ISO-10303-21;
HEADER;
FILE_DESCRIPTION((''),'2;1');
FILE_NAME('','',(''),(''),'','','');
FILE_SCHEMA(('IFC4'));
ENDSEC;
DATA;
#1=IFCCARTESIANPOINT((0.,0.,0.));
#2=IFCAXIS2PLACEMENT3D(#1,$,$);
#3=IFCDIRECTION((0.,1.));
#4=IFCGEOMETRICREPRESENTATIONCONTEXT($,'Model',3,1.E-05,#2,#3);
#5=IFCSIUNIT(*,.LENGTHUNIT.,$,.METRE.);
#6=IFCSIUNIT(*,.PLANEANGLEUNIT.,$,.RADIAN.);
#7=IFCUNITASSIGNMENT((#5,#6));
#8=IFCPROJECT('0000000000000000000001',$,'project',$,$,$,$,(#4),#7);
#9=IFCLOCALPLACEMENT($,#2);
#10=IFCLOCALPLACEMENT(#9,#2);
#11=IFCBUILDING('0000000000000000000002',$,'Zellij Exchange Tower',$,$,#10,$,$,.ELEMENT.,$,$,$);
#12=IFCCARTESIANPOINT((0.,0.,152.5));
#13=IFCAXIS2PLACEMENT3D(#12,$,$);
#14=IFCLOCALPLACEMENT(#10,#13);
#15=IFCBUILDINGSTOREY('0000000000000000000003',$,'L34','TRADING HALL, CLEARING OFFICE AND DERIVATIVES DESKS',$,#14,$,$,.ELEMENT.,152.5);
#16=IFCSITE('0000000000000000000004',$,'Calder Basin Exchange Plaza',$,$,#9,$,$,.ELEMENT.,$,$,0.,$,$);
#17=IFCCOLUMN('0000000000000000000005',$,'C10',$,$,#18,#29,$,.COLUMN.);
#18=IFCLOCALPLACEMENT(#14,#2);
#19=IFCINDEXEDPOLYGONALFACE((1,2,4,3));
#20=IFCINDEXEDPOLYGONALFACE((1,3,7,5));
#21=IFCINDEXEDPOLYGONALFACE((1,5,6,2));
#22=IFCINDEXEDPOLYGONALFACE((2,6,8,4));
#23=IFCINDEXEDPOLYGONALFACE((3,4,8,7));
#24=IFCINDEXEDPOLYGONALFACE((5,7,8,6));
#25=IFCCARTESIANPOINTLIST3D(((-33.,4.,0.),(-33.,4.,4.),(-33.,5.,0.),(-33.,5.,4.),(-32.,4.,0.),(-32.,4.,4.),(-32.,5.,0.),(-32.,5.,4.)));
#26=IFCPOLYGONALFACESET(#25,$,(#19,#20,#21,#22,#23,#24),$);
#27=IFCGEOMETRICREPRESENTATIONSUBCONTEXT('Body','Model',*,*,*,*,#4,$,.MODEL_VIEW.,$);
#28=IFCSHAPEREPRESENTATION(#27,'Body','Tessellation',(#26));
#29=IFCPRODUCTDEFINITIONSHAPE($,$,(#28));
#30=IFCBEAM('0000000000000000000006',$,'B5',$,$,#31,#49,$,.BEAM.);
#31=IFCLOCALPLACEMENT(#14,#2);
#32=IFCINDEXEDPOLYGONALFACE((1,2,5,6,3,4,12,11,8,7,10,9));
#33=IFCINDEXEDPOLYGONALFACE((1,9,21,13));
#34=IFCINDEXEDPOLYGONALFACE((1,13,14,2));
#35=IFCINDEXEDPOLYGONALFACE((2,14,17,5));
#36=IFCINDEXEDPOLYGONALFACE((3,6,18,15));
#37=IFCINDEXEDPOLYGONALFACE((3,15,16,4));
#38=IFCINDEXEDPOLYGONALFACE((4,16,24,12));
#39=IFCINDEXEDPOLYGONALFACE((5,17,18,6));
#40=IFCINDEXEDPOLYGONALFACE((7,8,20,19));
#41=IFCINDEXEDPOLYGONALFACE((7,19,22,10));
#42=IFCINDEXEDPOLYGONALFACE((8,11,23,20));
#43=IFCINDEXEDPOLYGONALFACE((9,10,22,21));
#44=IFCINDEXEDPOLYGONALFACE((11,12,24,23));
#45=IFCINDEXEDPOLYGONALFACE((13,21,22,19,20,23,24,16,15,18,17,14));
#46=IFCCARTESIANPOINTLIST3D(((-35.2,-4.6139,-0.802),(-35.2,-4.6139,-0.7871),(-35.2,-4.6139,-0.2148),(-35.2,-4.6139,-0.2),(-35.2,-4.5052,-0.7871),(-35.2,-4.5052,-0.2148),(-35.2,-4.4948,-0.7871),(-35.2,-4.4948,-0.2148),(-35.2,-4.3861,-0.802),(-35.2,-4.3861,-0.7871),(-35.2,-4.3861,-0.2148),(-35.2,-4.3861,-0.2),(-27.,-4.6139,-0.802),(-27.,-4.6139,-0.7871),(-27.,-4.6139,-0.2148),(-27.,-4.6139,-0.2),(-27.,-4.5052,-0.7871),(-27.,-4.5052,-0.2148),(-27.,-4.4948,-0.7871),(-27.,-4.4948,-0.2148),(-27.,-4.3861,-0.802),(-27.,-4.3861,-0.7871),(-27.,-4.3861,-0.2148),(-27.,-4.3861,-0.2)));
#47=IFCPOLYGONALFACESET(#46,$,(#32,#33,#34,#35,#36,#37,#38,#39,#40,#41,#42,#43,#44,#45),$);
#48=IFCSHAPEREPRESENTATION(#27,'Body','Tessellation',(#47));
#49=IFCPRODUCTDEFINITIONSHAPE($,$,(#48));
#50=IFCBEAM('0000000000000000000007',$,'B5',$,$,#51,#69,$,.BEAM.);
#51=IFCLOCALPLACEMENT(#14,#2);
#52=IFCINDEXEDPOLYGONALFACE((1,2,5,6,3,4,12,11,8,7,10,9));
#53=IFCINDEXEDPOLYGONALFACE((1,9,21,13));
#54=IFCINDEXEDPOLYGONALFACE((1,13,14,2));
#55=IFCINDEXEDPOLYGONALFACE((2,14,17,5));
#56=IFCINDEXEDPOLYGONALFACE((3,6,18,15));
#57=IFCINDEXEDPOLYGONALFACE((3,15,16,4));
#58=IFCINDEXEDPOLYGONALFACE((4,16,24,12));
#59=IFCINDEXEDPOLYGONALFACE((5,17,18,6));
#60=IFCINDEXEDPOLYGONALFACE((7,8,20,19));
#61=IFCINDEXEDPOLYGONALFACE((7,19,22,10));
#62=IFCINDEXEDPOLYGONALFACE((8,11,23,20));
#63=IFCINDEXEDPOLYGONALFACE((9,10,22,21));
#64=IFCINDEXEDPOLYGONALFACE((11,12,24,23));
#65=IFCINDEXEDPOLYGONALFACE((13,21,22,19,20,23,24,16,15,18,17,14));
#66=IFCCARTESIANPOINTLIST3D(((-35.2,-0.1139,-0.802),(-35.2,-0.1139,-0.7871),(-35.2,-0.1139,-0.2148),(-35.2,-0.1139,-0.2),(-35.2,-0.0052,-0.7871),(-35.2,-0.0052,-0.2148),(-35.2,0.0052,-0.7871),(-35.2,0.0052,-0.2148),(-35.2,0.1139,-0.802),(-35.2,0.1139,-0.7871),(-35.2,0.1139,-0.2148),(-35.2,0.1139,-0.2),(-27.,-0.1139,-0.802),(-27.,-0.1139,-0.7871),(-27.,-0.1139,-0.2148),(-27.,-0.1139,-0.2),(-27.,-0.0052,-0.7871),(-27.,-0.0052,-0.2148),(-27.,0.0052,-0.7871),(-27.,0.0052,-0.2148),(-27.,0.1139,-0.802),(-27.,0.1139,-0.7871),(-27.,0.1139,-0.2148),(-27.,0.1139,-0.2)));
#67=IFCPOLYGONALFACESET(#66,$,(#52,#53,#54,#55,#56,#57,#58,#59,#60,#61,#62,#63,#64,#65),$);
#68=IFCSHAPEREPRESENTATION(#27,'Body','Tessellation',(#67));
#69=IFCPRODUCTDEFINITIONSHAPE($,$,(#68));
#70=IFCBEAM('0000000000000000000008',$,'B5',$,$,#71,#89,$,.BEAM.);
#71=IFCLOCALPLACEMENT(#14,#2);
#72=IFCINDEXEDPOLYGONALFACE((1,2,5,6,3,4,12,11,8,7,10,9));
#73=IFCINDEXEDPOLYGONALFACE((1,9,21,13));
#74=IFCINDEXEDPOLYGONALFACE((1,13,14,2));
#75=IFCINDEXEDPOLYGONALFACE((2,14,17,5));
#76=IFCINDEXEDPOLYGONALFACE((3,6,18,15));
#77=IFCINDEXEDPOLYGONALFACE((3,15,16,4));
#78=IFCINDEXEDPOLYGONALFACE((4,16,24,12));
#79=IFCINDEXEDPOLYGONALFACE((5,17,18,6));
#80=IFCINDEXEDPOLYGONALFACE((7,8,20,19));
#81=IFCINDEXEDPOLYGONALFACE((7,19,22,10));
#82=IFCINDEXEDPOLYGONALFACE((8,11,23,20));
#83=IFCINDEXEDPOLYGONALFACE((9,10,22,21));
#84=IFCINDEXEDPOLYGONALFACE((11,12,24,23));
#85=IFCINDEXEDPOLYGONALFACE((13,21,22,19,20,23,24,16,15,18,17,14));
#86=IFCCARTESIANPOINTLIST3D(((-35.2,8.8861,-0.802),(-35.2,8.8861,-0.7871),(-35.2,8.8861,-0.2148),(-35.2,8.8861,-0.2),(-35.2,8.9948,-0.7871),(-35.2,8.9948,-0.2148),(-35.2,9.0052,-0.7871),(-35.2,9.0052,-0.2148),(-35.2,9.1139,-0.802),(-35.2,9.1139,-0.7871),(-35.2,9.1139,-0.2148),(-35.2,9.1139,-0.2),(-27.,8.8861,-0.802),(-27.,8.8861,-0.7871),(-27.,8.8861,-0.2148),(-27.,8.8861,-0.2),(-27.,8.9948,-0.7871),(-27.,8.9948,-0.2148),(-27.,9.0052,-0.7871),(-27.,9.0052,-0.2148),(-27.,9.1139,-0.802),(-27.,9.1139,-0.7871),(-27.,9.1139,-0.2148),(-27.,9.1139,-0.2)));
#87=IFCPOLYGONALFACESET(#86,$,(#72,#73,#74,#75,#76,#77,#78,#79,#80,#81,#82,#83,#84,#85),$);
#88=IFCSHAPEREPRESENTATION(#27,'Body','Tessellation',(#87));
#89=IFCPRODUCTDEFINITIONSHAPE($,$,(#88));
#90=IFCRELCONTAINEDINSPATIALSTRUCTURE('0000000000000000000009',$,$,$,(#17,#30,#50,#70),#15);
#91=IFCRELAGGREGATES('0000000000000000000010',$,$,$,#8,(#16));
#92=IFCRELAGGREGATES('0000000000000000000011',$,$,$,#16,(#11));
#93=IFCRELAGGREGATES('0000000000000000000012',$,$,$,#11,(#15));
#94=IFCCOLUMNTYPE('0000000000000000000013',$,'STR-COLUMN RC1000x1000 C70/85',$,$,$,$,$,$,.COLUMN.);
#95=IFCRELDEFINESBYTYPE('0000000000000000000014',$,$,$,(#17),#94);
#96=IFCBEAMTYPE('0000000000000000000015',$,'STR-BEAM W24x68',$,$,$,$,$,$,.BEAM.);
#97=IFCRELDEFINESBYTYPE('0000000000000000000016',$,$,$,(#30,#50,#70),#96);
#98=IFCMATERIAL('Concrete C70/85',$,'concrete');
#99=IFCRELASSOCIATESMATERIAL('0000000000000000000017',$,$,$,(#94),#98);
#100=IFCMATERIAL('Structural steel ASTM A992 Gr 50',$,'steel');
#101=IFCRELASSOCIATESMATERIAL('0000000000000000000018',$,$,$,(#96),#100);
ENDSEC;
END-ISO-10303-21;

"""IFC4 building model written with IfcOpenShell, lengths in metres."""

from ifc_helpers import new_model, si_unit, direction, frame, origin, origin_2d, place, context, subcontext, project, spatial, rectangle, i_section, extrude, material, material_profile, profile_set, type_object, element, save


model = new_model("IFC4")

# Units and contexts
model_context = context("Model", 3, precision=1e-05, world=origin(), true_north=direction((0.0, 1.0)))
body_context = subcontext(model_context, "Body", "Model", "MODEL_VIEW")
ifc_project = project(units=[si_unit("LENGTHUNIT", "METRE"), si_unit("PLANEANGLEUNIT", "RADIAN")], contexts=[model_context])

# Site, building, storey
site_placement = place(None, origin())
site = spatial("IfcSite", under=ifc_project, at=site_placement, Name="Calder Basin Exchange Plaza", CompositionType="ELEMENT", RefElevation=0.0)
building_placement = place(site_placement, origin())
building = spatial("IfcBuilding", under=site, at=building_placement, Name="Zellij Exchange Tower", CompositionType="ELEMENT")
storey_placement = place(building_placement, frame((0.0, 0.0, 152.5)))
storey = spatial("IfcBuildingStorey", under=building, at=storey_placement, Name="L34", Description="TRADING HALL, CLEARING OFFICE AND DERIVATIVES DESKS", CompositionType="ELEMENT", Elevation=152.5)

# Column
ifc_material_1 = material(Name="Concrete C70/85", Category="concrete")
ifc_material_profile_1 = material_profile(ifc_material_1, rectangle(XDim=1.0, YDim=1.0, at=origin_2d()), Name="STR-COLUMN RC1000x1000 C70/85")
ifc_profile_set_1 = profile_set([ifc_material_profile_1], Name="Concrete C70/85")
column_type = type_object("IfcColumnType", Name="STR-COLUMN RC1000x1000 C70/85", PredefinedType="COLUMN", material=ifc_profile_set_1)
column_placement = place(storey_placement, frame((-32.5, 4.5, 0.0), z_axis=(0.0, 0.0, 1.0), x_axis=(1.0, 0.0, 0.0)))
element("IfcColumn", 1, at=column_placement, inside=storey, type_object=column_type, Name="C10", PredefinedType="COLUMN", context=body_context, shape_type="SweptSolid", body=[
    extrude(rectangle(XDim=1.0, YDim=1.0, at=origin_2d()), origin(), (0.0, 0.0, 1.0), 4.0),
])

# Beams
ifc_material_2 = material(Name="Structural steel ASTM A992 Gr 50", Category="steel")
ifc_material_profile_2 = material_profile(ifc_material_2, i_section(OverallWidth=0.2278, OverallDepth=0.6021, WebThickness=0.0105, FlangeThickness=0.0149, at=origin_2d()), Name="W24x68")
ifc_profile_set_2 = profile_set([ifc_material_profile_2], Name="Structural steel ASTM A992 Gr 50")
beam_type = type_object("IfcBeamType", Name="STR-BEAM W24x68", PredefinedType="BEAM", material=ifc_profile_set_2)
for number, where, z_axis, x_axis, name in (
    (2, (-35.2, -4.5, -0.501), (1.0, 0.0, 0.0), (0.0, 1.0, 0.0), "B5"),
    (3, (-35.2, 0.0, -0.501), (1.0, 0.0, 0.0), (0.0, 1.0, 0.0), "B5"),
    (4, (-35.2, 9.0, -0.501), (1.0, 0.0, 0.0), (0.0, 1.0, 0.0), "B5"),
):
    element("IfcBeam", number, at=place(storey_placement, frame(where, z_axis=z_axis, x_axis=x_axis)), inside=storey, type_object=beam_type, Name=name, PredefinedType="BEAM", context=body_context, shape_type="SweptSolid", body=[
        extrude(i_section(OverallWidth=0.2278, OverallDepth=0.6021, WebThickness=0.0105, FlangeThickness=0.0149, at=origin_2d()), origin(), (0.0, 0.0, 1.0), 8.2),
    ])

save(model, "model.ifc")
